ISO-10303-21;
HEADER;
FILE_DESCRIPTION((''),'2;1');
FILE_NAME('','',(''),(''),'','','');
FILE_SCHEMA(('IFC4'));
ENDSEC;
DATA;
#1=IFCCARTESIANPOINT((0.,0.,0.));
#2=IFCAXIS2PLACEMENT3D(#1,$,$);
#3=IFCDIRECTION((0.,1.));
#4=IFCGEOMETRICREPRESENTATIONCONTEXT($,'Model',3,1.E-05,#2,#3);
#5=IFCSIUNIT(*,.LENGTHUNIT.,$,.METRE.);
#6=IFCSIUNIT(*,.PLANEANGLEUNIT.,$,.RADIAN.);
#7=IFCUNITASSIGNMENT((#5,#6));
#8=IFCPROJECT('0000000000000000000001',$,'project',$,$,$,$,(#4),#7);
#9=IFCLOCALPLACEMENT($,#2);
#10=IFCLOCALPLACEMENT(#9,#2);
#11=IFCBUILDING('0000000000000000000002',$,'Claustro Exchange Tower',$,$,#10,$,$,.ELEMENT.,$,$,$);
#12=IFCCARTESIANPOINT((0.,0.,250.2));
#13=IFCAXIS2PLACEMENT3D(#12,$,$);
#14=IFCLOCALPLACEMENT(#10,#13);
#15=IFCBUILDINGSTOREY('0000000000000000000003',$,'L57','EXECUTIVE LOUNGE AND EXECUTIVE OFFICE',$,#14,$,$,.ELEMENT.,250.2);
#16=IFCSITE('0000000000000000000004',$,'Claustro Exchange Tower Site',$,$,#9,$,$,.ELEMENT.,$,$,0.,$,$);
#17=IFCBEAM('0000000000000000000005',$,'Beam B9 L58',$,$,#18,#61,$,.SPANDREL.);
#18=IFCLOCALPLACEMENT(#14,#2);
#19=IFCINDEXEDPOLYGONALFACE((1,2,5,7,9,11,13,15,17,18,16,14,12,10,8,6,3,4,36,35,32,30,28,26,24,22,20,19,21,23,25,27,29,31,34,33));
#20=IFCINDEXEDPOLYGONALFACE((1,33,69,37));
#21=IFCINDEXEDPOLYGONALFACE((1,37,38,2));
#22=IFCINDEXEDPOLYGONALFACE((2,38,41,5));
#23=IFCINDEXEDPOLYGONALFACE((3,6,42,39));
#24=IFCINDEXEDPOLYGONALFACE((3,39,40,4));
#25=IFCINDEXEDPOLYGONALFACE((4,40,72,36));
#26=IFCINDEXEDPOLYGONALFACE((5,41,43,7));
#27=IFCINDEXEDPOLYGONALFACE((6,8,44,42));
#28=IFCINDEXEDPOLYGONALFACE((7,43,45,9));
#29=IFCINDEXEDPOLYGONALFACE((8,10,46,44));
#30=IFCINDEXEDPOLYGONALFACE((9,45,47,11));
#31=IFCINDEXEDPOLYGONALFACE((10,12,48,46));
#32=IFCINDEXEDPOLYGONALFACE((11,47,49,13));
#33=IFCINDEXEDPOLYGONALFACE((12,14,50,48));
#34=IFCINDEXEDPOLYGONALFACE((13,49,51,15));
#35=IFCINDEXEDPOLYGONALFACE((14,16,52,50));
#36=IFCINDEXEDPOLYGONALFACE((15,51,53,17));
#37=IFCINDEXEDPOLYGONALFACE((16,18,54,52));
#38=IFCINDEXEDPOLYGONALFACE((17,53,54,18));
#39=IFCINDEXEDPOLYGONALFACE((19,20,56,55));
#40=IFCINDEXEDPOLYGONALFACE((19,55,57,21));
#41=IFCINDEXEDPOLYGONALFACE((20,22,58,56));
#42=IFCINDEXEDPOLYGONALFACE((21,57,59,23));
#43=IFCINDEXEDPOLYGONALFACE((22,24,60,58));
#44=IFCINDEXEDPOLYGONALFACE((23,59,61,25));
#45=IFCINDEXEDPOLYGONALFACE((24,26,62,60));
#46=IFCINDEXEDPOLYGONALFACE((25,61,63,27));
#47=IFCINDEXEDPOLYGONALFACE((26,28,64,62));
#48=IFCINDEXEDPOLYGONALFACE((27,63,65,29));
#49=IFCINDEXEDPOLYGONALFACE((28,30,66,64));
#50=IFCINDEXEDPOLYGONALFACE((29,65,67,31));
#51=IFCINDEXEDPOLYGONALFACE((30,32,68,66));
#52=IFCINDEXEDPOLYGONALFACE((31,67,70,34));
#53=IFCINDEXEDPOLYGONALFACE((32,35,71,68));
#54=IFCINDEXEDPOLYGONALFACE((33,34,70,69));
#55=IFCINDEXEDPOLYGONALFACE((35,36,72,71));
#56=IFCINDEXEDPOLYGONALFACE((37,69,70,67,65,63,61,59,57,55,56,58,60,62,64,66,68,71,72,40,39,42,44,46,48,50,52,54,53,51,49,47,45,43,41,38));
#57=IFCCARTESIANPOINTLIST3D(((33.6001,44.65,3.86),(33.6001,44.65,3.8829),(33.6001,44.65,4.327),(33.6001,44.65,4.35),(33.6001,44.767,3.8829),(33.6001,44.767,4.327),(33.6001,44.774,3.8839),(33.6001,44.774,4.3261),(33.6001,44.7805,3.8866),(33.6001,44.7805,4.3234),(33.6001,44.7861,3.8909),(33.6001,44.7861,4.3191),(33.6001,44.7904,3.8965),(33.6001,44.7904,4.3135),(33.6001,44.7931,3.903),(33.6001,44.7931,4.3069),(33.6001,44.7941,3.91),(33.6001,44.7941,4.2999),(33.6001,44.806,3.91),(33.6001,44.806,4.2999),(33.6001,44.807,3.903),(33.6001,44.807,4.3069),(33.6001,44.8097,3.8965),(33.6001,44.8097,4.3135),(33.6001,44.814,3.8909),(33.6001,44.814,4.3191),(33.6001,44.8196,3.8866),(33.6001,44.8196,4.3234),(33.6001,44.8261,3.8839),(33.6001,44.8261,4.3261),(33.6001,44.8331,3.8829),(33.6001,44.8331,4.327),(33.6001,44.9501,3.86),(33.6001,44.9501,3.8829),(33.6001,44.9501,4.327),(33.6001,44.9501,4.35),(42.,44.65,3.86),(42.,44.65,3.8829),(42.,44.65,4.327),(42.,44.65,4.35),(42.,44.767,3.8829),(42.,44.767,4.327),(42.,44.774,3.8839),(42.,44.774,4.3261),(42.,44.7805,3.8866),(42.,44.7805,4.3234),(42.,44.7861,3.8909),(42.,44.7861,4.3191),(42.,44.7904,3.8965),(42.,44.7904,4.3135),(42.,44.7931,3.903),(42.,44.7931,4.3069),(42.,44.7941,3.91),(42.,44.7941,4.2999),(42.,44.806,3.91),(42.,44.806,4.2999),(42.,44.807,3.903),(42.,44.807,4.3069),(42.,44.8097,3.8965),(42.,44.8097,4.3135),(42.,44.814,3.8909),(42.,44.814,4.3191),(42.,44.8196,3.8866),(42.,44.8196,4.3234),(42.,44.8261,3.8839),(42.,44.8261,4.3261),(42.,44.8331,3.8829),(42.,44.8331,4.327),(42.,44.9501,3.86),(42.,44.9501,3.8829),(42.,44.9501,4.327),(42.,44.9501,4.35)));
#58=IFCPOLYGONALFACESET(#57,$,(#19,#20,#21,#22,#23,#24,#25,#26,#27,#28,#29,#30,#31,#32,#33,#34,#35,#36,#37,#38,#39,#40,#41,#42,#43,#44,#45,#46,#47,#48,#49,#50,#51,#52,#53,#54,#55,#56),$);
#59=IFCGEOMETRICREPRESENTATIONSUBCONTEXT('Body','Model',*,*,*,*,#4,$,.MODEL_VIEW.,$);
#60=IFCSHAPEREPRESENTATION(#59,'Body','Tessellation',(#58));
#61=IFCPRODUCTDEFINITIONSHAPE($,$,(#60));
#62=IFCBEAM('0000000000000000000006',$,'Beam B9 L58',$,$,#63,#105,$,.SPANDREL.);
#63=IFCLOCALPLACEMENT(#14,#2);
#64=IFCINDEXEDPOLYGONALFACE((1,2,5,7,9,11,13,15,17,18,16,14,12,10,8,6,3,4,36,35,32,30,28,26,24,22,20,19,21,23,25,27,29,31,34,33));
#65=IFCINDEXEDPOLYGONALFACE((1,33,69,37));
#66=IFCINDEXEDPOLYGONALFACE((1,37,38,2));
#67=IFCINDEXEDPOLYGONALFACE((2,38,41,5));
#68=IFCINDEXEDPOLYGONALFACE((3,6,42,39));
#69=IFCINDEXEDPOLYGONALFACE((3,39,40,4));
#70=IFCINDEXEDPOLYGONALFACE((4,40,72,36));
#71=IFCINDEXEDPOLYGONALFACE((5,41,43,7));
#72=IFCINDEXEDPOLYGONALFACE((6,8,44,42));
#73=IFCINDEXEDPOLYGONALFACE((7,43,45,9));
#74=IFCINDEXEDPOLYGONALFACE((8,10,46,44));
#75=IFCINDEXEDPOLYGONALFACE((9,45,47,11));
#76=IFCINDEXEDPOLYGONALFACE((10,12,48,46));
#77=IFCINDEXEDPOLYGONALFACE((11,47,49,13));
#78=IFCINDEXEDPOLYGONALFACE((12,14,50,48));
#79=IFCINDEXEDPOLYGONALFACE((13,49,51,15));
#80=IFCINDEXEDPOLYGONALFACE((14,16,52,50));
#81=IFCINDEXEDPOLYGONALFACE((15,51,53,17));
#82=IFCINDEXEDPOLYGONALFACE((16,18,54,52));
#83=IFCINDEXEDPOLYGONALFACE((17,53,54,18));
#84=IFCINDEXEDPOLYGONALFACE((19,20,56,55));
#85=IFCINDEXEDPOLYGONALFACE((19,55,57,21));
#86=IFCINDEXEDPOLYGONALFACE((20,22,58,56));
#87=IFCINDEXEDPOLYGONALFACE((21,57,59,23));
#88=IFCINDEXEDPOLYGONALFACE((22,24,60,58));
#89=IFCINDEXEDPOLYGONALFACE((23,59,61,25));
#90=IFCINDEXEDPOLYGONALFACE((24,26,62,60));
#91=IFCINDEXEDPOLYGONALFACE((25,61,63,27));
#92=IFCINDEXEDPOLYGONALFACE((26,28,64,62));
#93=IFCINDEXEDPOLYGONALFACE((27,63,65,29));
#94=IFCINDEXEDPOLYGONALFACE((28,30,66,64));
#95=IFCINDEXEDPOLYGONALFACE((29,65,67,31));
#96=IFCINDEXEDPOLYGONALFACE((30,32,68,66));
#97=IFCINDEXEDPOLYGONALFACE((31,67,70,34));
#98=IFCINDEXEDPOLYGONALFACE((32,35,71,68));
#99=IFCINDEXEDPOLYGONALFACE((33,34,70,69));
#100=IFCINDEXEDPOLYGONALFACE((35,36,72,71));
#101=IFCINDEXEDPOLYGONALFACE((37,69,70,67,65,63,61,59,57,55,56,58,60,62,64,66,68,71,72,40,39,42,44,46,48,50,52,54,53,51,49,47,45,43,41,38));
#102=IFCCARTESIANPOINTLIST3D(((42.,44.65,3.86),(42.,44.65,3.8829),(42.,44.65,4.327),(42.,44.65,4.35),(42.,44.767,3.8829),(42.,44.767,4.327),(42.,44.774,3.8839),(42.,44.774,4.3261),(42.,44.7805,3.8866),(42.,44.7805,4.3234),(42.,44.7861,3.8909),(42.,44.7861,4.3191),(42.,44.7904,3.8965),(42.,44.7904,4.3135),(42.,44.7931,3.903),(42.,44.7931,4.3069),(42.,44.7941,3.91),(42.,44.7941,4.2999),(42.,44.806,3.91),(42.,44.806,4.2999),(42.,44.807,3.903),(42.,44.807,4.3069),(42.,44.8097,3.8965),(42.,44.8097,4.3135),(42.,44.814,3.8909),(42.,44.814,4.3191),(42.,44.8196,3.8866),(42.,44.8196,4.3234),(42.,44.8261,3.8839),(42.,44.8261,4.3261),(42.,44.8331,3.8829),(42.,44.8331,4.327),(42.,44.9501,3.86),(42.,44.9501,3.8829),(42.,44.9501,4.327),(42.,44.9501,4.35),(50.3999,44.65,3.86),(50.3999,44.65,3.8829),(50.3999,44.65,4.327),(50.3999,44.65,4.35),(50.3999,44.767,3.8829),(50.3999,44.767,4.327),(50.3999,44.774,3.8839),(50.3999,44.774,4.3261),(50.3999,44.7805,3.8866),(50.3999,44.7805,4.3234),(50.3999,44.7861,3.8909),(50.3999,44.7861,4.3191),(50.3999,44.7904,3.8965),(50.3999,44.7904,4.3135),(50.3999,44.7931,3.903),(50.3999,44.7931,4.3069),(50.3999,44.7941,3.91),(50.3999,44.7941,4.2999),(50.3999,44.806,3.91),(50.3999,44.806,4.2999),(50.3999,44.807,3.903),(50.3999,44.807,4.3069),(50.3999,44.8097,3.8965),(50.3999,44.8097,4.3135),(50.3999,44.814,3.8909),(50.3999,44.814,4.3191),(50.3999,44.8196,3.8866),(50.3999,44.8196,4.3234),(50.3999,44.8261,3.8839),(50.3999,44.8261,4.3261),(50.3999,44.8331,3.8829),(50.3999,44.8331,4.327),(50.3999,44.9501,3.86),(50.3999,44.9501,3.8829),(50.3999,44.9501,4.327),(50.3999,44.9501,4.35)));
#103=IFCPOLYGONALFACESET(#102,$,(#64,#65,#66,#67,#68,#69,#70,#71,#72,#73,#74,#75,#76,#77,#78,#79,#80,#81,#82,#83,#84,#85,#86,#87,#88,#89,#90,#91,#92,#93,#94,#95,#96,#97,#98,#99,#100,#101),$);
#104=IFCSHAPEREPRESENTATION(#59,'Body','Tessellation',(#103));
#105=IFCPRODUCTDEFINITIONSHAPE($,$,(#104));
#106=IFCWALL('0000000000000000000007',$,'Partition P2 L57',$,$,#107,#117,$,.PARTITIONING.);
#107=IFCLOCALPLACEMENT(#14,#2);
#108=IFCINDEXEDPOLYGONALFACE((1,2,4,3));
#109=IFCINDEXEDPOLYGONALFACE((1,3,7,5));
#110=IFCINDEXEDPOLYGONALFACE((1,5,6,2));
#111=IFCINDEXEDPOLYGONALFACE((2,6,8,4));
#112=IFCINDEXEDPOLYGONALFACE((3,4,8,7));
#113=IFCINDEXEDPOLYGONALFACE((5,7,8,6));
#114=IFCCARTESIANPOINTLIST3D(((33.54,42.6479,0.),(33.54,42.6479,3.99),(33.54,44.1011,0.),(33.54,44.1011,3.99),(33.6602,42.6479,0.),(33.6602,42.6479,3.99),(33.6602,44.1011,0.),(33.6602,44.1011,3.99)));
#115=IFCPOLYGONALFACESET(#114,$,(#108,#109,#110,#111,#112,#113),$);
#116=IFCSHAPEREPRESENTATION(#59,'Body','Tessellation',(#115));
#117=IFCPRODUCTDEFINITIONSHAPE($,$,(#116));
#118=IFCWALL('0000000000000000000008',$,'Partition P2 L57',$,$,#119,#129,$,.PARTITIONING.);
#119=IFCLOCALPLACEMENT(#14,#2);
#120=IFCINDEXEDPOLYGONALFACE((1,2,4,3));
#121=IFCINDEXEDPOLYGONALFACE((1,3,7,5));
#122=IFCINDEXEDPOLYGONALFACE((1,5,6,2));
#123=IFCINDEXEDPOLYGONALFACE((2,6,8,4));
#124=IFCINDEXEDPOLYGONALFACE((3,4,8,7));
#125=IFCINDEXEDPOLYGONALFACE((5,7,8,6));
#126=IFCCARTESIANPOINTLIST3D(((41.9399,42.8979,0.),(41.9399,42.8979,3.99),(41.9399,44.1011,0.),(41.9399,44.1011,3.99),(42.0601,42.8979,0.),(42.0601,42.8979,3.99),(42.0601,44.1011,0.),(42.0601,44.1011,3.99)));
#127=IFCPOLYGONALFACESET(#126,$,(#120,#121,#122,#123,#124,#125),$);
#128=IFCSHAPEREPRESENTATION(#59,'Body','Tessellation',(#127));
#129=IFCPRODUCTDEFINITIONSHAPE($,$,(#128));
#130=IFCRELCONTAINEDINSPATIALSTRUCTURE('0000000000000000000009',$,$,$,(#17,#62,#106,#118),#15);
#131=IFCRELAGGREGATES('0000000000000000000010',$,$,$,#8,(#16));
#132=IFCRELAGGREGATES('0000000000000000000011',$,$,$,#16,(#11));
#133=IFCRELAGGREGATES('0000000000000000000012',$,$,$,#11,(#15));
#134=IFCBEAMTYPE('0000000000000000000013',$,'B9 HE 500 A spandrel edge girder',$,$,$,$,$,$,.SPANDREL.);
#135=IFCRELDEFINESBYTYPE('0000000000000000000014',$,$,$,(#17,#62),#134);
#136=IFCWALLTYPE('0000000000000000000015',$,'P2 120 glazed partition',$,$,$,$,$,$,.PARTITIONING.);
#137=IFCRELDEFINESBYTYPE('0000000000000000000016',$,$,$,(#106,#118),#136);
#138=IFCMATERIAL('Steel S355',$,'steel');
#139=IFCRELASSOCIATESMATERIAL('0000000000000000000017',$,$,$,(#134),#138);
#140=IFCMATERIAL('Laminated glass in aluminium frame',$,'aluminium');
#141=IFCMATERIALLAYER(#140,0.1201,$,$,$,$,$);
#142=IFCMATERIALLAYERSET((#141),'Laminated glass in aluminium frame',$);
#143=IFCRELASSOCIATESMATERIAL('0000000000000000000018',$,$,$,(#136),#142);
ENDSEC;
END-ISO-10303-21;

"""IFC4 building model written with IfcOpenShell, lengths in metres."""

from ifc_helpers import new_model, si_unit, direction, frame, frame_2d, origin, origin_2d, place, context, subcontext, project, spatial, rectangle, i_section, extrude, material, layer, layer_set, material_profile, profile_set, type_object, element, save


model = new_model("IFC4")

# Units and contexts
model_context = context("Model", 3, precision=1e-05, world=origin(), true_north=direction((0.0, 1.0)))
body_context = subcontext(model_context, "Body", "Model", "MODEL_VIEW")
ifc_project = project(units=[si_unit("LENGTHUNIT", "METRE"), si_unit("PLANEANGLEUNIT", "RADIAN")], contexts=[model_context])

# Site, building, storey
site_placement = place(None, origin())
site = spatial("IfcSite", under=ifc_project, at=site_placement, Name="Claustro Exchange Tower Site", CompositionType="ELEMENT", RefElevation=0.0)
building_placement = place(site_placement, origin())
building = spatial("IfcBuilding", under=site, at=building_placement, Name="Claustro Exchange Tower", CompositionType="ELEMENT")
storey_placement = place(building_placement, frame((0.0, 0.0, 250.2)))
storey = spatial("IfcBuildingStorey", under=building, at=storey_placement, Name="L57", Description="EXECUTIVE LOUNGE AND EXECUTIVE OFFICE", CompositionType="ELEMENT", Elevation=250.2)

# Beams
ifc_material_1 = material(Name="Steel S355", Category="steel")
ifc_material_profile_1 = material_profile(ifc_material_1, i_section(OverallWidth=0.3, OverallDepth=0.49, WebThickness=0.012, FlangeThickness=0.0229, FilletRadius=0.0271, at=origin_2d()), Name="HE 500 A")
ifc_profile_set_1 = profile_set([ifc_material_profile_1], Name="Steel S355")
beam_type_1 = type_object("IfcBeamType", Name="B9 HE 500 A spandrel edge girder", PredefinedType="SPANDREL", material=ifc_profile_set_1)
for number, where, z_axis, x_axis, name in (
    (1, (33.6001, 44.8, 4.105), (1.0, 0.0, 0.0), (0.0, 1.0, 0.0), "Beam B9 L58"),
    (2, (42.0, 44.8, 4.105), (1.0, 0.0, 0.0), (0.0, 1.0, 0.0), "Beam B9 L58"),
):
    element("IfcBeam", number, at=place(storey_placement, frame(where, z_axis=z_axis, x_axis=x_axis)), inside=storey, type_object=beam_type_1, Name=name, PredefinedType="SPANDREL", context=body_context, shape_type="SweptSolid", body=[
        extrude(i_section(OverallWidth=0.3, OverallDepth=0.49, WebThickness=0.012, FlangeThickness=0.0229, FilletRadius=0.0271, at=origin_2d()), origin(), (0.0, 0.0, 1.0), 8.3999),
    ])

# Walls
ifc_material_2 = material(Name="Laminated glass in aluminium frame", Category="aluminium")
ifc_layer_1 = layer(ifc_material_2, 0.1201)
ifc_layer_set_1 = layer_set([ifc_layer_1], Name="Laminated glass in aluminium frame")
wall_type_1 = type_object("IfcWallType", Name="P2 120 glazed partition", PredefinedType="PARTITIONING", material=ifc_layer_set_1)
wall_1_placement = place(storey_placement, frame((33.6001, 42.6479, 0.0), z_axis=(0.0, 0.0, 1.0), x_axis=(0.0, 1.0, 0.0)))
element("IfcWall", 3, at=wall_1_placement, inside=storey, type_object=wall_type_1, Name="Partition P2 L57", PredefinedType="PARTITIONING", context=body_context, shape_type="SweptSolid", body=[
    extrude(rectangle(XDim=1.4531, YDim=0.1201, at=frame_2d((0.7266, 0.0))), origin(), (0.0, 0.0, 1.0), 3.99),
])
wall_2_placement = place(storey_placement, frame((42.0, 42.8979, 0.0), z_axis=(0.0, 0.0, 1.0), x_axis=(0.0, 1.0, 0.0)))
element("IfcWall", 4, at=wall_2_placement, inside=storey, type_object=wall_type_1, Name="Partition P2 L57", PredefinedType="PARTITIONING", context=body_context, shape_type="SweptSolid", body=[
    extrude(rectangle(XDim=1.2031, YDim=0.1201, at=frame_2d((0.6016, 0.0))), origin(), (0.0, 0.0, 1.0), 3.99),
])

save(model, "model.ifc")
